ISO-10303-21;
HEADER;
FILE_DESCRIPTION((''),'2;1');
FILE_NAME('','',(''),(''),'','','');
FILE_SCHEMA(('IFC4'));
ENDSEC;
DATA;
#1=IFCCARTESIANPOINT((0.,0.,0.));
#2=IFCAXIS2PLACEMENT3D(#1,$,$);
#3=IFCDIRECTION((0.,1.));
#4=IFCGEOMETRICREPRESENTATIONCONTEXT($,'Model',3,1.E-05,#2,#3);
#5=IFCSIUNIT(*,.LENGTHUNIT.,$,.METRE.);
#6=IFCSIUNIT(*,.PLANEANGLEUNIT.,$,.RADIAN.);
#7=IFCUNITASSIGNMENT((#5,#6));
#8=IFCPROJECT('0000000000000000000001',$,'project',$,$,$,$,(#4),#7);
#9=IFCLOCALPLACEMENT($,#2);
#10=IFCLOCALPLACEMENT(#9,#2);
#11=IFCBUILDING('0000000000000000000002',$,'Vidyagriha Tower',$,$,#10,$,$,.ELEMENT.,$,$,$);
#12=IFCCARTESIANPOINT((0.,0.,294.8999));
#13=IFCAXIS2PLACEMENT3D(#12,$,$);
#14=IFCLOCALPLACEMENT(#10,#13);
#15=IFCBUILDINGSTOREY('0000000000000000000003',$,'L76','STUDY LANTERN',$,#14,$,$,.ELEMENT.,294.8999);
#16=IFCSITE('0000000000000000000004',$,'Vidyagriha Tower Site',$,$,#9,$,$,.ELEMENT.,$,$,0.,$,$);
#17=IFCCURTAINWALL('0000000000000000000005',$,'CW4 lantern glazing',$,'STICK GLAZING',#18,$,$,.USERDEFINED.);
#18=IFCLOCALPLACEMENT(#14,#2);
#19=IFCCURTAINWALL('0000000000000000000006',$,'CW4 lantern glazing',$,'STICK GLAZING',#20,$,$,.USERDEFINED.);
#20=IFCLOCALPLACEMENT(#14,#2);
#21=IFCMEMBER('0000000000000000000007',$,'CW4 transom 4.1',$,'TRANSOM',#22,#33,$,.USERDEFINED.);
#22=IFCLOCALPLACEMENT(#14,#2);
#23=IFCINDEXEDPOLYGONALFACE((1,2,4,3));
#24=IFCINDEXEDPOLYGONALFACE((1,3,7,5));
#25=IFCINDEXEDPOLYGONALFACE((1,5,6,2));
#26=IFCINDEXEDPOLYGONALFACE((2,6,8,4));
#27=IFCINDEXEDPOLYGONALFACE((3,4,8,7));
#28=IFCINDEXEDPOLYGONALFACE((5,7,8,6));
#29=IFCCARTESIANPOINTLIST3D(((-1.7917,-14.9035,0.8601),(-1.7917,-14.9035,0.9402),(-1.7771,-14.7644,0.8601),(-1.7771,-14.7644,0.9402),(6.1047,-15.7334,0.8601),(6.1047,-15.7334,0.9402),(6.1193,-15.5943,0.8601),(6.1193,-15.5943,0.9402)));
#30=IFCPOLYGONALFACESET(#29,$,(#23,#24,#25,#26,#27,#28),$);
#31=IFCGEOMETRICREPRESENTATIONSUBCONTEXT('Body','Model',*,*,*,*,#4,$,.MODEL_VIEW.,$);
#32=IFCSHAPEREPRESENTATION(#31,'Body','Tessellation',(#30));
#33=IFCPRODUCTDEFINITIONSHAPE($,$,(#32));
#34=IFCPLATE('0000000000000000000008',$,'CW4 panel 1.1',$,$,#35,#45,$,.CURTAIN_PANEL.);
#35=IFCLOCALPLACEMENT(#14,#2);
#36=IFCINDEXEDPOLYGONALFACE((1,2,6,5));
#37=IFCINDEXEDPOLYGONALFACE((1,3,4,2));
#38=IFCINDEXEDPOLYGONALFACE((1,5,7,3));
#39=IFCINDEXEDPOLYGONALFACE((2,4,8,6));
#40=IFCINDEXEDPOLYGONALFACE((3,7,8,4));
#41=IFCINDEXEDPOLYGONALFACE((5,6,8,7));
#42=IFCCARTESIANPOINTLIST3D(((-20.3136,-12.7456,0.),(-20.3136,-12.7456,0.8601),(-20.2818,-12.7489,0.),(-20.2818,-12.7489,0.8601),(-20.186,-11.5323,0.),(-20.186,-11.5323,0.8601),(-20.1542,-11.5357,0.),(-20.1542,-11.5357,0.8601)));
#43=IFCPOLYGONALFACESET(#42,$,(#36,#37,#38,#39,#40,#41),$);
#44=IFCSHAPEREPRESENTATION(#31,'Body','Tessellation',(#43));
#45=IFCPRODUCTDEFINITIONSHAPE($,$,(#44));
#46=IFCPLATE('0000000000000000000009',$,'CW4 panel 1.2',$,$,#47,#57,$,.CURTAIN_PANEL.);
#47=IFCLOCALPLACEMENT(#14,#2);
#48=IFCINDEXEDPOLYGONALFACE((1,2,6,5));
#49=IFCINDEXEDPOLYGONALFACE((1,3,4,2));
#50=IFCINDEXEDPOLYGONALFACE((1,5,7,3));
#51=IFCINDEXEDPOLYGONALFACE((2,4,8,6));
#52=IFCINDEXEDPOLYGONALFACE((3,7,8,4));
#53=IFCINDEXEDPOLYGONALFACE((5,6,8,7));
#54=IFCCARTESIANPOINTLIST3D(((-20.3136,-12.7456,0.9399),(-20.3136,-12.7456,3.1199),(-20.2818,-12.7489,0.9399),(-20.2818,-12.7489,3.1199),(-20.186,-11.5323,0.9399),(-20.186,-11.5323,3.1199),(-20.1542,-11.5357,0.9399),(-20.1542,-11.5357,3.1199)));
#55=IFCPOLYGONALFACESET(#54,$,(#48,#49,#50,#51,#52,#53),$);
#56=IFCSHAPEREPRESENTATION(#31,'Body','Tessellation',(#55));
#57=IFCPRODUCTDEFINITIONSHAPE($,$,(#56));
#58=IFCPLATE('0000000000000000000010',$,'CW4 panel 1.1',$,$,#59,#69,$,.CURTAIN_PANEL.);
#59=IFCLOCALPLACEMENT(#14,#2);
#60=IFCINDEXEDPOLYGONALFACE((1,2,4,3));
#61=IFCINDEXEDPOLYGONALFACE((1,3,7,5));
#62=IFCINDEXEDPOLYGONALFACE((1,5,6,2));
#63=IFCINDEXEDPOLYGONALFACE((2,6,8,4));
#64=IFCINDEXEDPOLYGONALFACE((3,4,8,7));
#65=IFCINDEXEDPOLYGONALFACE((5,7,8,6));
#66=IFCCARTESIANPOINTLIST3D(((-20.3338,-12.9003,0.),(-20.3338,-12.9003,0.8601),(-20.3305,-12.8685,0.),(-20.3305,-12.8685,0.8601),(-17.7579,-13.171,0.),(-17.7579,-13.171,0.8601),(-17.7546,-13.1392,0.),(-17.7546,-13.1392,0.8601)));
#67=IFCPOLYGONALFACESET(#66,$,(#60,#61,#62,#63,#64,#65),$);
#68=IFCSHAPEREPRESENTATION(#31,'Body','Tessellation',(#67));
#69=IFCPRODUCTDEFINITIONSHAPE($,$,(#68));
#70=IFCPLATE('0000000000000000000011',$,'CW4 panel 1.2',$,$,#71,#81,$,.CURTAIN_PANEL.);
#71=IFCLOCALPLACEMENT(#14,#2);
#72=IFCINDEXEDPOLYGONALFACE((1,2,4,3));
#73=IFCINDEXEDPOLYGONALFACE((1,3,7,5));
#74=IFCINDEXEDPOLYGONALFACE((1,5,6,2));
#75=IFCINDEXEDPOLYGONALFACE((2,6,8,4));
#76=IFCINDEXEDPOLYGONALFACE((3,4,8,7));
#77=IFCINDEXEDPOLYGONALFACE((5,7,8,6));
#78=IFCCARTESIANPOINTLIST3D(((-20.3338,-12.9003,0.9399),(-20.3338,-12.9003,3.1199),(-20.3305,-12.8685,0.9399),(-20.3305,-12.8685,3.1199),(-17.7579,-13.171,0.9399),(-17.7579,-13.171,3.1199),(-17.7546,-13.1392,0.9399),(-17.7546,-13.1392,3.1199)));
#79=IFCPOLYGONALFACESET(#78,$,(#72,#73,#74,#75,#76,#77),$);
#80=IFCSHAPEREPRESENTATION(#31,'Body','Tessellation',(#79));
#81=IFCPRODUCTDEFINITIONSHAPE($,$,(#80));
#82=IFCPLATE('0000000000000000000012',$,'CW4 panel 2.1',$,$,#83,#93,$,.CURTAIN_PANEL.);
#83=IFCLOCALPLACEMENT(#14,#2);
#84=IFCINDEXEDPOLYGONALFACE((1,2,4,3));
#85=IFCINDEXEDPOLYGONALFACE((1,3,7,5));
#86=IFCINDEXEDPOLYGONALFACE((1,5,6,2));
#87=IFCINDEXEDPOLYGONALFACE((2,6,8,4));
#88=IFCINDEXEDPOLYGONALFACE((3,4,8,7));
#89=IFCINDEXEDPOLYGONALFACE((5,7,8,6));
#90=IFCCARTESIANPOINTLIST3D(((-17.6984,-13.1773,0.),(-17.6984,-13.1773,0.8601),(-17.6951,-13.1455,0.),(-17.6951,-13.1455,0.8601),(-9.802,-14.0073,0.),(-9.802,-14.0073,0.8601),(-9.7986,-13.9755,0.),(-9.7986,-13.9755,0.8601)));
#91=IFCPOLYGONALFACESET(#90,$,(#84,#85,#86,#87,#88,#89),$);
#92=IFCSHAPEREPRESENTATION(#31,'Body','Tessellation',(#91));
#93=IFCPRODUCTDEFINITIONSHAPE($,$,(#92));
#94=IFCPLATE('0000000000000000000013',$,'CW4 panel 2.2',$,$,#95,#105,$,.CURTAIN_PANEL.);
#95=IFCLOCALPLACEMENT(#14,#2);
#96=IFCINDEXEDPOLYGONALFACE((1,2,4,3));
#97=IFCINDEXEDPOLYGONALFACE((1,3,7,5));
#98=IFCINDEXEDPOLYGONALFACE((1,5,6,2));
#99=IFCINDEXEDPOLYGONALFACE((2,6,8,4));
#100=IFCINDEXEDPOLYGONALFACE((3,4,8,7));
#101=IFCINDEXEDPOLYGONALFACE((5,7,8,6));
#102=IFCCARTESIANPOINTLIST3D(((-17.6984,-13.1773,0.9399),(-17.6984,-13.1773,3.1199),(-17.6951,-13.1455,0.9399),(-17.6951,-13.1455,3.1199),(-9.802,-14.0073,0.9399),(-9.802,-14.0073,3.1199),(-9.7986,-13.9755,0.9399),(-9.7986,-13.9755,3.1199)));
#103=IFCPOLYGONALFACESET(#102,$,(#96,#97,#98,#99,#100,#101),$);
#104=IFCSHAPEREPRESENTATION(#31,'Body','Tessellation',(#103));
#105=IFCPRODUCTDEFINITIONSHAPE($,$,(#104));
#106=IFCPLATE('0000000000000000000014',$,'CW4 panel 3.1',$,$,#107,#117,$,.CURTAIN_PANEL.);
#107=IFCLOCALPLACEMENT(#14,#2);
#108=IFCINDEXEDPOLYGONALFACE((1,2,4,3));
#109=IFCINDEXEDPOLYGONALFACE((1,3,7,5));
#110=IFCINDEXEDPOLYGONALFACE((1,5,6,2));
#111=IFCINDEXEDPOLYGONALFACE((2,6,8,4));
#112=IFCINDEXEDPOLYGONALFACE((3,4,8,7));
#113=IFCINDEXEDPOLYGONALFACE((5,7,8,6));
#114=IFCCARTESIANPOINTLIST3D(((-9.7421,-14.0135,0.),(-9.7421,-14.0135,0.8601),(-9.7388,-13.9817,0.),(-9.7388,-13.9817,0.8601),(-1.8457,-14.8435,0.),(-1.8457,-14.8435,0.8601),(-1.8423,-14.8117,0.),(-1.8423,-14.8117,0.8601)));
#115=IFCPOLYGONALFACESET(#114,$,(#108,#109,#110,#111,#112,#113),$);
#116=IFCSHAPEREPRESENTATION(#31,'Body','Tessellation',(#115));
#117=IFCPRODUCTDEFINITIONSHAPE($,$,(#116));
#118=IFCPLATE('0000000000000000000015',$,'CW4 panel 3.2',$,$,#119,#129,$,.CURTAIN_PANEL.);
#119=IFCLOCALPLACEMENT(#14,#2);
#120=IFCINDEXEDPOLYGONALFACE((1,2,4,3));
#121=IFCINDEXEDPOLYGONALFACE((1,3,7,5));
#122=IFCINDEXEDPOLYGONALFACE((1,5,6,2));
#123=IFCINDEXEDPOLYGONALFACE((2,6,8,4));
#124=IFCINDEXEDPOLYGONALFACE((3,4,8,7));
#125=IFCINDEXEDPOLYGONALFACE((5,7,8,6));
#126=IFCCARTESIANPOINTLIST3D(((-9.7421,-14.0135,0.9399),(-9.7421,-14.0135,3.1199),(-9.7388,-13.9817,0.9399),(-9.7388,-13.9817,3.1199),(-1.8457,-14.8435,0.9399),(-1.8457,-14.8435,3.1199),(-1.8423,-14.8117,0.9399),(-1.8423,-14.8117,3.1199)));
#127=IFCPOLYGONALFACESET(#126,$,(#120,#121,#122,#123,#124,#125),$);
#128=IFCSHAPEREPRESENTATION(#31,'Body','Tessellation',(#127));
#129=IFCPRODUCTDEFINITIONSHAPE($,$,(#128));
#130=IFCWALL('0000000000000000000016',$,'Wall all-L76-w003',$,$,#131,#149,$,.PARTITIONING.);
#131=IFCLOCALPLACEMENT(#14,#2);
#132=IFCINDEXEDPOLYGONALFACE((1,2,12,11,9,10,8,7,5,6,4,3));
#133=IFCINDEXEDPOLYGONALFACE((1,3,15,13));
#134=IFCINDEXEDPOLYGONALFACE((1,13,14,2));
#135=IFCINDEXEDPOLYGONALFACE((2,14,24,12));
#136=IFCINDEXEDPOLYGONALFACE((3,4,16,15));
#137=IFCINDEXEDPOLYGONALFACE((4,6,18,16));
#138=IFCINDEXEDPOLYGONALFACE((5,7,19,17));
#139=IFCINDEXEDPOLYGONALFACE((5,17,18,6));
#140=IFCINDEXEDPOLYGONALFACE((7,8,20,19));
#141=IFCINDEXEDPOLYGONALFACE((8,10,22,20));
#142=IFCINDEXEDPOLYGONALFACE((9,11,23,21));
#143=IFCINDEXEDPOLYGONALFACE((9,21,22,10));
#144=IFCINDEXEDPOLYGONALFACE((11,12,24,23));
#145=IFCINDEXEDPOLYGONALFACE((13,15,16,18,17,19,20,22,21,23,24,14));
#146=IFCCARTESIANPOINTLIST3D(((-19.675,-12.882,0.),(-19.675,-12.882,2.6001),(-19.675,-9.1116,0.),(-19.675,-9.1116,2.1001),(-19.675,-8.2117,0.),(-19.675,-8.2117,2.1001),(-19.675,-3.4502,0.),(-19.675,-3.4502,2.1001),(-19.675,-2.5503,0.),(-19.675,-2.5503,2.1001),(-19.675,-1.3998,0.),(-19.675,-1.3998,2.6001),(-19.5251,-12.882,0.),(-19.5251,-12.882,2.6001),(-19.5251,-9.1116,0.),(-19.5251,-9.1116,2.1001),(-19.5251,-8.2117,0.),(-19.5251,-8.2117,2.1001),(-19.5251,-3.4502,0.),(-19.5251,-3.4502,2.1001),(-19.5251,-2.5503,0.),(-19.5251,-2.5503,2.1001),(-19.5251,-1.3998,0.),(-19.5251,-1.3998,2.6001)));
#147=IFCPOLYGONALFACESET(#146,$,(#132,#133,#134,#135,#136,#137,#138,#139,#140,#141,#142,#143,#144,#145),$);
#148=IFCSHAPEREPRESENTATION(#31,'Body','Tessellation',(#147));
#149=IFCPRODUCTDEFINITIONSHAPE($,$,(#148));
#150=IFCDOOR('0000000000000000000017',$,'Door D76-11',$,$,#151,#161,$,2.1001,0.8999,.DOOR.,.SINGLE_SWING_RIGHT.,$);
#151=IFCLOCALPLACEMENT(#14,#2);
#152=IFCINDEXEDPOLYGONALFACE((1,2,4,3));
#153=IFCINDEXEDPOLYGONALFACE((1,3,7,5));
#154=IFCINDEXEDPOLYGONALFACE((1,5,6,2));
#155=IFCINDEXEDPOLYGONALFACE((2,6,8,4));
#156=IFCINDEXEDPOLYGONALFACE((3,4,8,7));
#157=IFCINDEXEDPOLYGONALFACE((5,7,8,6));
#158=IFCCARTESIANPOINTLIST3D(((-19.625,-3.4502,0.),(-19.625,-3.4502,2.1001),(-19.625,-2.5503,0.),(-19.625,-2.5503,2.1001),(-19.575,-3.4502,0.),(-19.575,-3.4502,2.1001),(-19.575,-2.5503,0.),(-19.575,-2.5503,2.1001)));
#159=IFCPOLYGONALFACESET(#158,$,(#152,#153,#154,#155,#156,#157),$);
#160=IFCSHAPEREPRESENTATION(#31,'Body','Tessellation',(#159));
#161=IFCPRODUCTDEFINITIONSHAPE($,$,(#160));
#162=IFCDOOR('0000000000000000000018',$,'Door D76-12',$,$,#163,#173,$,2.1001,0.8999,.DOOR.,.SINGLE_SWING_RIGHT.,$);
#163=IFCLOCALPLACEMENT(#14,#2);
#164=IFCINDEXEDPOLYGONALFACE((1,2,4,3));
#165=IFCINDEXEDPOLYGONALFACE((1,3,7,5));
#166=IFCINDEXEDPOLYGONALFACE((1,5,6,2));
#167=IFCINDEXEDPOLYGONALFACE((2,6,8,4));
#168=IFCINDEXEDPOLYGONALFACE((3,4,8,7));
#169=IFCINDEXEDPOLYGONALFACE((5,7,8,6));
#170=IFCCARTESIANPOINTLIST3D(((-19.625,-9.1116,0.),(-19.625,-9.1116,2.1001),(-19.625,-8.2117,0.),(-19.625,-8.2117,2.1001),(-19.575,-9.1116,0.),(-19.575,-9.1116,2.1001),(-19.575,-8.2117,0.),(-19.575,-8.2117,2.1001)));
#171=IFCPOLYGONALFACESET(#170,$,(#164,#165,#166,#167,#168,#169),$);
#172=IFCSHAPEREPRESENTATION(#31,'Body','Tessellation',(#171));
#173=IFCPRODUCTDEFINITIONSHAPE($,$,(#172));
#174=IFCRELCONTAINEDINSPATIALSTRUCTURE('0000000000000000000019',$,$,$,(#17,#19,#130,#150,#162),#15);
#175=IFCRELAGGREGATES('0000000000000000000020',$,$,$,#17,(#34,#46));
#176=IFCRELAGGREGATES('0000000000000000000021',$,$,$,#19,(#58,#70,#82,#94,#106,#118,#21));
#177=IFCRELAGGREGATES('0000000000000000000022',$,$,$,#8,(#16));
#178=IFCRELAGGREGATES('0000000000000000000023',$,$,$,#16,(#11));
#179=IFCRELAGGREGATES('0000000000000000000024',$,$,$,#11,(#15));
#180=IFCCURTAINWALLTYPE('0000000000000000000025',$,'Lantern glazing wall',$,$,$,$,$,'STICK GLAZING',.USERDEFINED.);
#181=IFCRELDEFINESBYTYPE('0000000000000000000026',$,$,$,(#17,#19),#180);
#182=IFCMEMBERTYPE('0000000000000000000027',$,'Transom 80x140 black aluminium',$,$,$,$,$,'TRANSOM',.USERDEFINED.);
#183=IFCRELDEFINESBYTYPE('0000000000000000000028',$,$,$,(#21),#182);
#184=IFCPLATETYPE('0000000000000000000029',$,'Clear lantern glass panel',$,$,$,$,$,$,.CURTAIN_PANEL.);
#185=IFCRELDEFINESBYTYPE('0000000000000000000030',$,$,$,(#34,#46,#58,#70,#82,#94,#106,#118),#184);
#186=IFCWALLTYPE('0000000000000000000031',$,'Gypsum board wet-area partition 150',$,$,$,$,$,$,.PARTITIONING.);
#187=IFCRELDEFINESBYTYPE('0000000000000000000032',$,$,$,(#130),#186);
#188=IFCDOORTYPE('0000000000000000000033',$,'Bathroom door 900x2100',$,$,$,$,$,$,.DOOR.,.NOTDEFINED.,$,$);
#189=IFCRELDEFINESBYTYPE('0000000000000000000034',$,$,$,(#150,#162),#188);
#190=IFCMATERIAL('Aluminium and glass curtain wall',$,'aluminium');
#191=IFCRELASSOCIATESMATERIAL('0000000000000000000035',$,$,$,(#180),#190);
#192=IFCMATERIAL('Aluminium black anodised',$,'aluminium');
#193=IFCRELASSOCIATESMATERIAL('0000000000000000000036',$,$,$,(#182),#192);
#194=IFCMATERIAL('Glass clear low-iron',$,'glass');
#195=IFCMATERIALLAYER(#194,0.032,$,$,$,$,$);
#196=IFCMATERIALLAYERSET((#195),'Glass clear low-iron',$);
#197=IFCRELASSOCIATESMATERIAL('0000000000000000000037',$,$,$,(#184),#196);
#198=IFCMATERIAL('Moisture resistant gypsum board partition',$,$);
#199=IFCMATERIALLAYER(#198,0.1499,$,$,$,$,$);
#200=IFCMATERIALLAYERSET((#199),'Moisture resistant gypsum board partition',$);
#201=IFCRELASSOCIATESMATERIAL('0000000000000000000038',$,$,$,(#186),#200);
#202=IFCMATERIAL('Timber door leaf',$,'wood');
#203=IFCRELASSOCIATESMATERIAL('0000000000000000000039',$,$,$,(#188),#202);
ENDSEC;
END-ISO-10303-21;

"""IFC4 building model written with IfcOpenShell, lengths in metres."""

from ifc_helpers import new_model, si_unit, direction, frame, frame_2d, origin, origin_2d, place, context, subcontext, project, spatial, rectangle, extrude, material, layer, layer_set, material_profile, profile_set, type_object, element, fill, aggregate, save


model = new_model("IFC4")

# Units and contexts
model_context = context("Model", 3, precision=1e-05, world=origin(), true_north=direction((0.0, 1.0)))
body_context = subcontext(model_context, "Body", "Model", "MODEL_VIEW")
ifc_project = project(units=[si_unit("LENGTHUNIT", "METRE"), si_unit("PLANEANGLEUNIT", "RADIAN")], contexts=[model_context])

# Site, building, storey
site_placement = place(None, origin())
site = spatial("IfcSite", under=ifc_project, at=site_placement, Name="Vidyagriha Tower Site", CompositionType="ELEMENT", RefElevation=0.0)
building_placement = place(site_placement, origin())
building = spatial("IfcBuilding", under=site, at=building_placement, Name="Vidyagriha Tower", CompositionType="ELEMENT")
storey_placement = place(building_placement, frame((0.0, 0.0, 294.8999)))
storey = spatial("IfcBuildingStorey", under=building, at=storey_placement, Name="L76", Description="STUDY LANTERN", CompositionType="ELEMENT", Elevation=294.8999)

# Curtain wall
ifc_material_1 = material(Name="Aluminium and glass curtain wall", Category="aluminium")
curtain_wall_type = type_object("IfcCurtainWallType", Name="Lantern glazing wall", ElementType="STICK GLAZING", PredefinedType="USERDEFINED", material=ifc_material_1)
curtain_wall_1_placement = place(storey_placement, origin())
curtain_wall_1 = element("IfcCurtainWall", 1, at=curtain_wall_1_placement, inside=storey, type_object=curtain_wall_type, Name="CW4 lantern glazing", ObjectType="STICK GLAZING", PredefinedType="USERDEFINED")

# Curtain wall, member
curtain_wall_2_placement = place(storey_placement, origin())
curtain_wall_2 = element("IfcCurtainWall", 2, at=curtain_wall_2_placement, inside=storey, type_object=curtain_wall_type, Name="CW4 lantern glazing", ObjectType="STICK GLAZING", PredefinedType="USERDEFINED")
ifc_material_2 = material(Name="Aluminium black anodised", Category="aluminium")
ifc_material_profile_1 = material_profile(ifc_material_2, rectangle(XDim=0.1399, YDim=0.0801, at=origin_2d()), Name="Transom 80x140 black aluminium")
ifc_profile_set_1 = profile_set([ifc_material_profile_1], Name="Aluminium black anodised")
member_type_1 = type_object("IfcMemberType", Name="Transom 80x140 black aluminium", ElementType="TRANSOM", PredefinedType="USERDEFINED", material=ifc_profile_set_1)
member_1_placement = place(storey_placement, frame((-1.7844, -14.834, 0.9001), z_axis=(0.994523, -0.104514, 0.0), x_axis=(0.104514, 0.994523, 0.0)))
member_1 = element("IfcMember", 3, at=member_1_placement, type_object=member_type_1, Name="CW4 transom 4.1", ObjectType="TRANSOM", PredefinedType="USERDEFINED", context=body_context, shape_type="SweptSolid", body=[
    extrude(rectangle(XDim=0.1399, YDim=0.0801, at=origin_2d()), origin(), (0.0, 0.0, 1.0), 7.9399),
])

# Plates
ifc_material_3 = material(Name="Glass clear low-iron", Category="glass")
ifc_layer_1 = layer(ifc_material_3, 0.032)
ifc_layer_set_1 = layer_set([ifc_layer_1], Name="Glass clear low-iron")
plate_type = type_object("IfcPlateType", Name="Clear lantern glass panel", PredefinedType="CURTAIN_PANEL", material=ifc_layer_set_1)
plate_1_placement = place(storey_placement, frame((-20.2339, -12.1406, 0.0), z_axis=(0.0, 0.0, 1.0), x_axis=(-0.104557, -0.994519, 0.0)))
plate_1 = element("IfcPlate", 4, at=plate_1_placement, type_object=plate_type, Name="CW4 panel 1.1", PredefinedType="CURTAIN_PANEL", context=body_context, shape_type="SweptSolid", body=[
    extrude(rectangle(XDim=1.22, YDim=0.032, at=origin_2d()), origin(), (0.0, 0.0, 1.0), 0.8601),
])
plate_2_placement = place(storey_placement, frame((-20.2339, -12.1406, 0.9399), z_axis=(0.0, 0.0, 1.0), x_axis=(-0.104557, -0.994519, 0.0)))
plate_2 = element("IfcPlate", 5, at=plate_2_placement, type_object=plate_type, Name="CW4 panel 1.2", PredefinedType="CURTAIN_PANEL", context=body_context, shape_type="SweptSolid", body=[
    extrude(rectangle(XDim=1.22, YDim=0.032, at=origin_2d()), origin(), (0.0, 0.0, 1.0), 2.1799),
])
aggregate(curtain_wall_1, [plate_1, plate_2])
plate_3_placement = place(storey_placement, frame((-19.0442, -13.0198, 0.0), z_axis=(0.0, 0.0, 1.0), x_axis=(0.994522, -0.104528, 0.0)))
plate_3 = element("IfcPlate", 6, at=plate_3_placement, type_object=plate_type, Name="CW4 panel 1.1", PredefinedType="CURTAIN_PANEL", context=body_context, shape_type="SweptSolid", body=[
    extrude(rectangle(XDim=2.5901, YDim=0.032, at=origin_2d()), origin(), (0.0, 0.0, 1.0), 0.8601),
])
plate_4_placement = place(storey_placement, frame((-19.0442, -13.0198, 0.9399), z_axis=(0.0, 0.0, 1.0), x_axis=(0.994522, -0.104528, 0.0)))
plate_4 = element("IfcPlate", 7, at=plate_4_placement, type_object=plate_type, Name="CW4 panel 1.2", PredefinedType="CURTAIN_PANEL", context=body_context, shape_type="SweptSolid", body=[
    extrude(rectangle(XDim=2.5901, YDim=0.032, at=origin_2d()), origin(), (0.0, 0.0, 1.0), 2.1799),
])
plate_5_placement = place(storey_placement, frame((-13.7485, -13.5764, 0.0), z_axis=(0.0, 0.0, 1.0), x_axis=(0.994522, -0.104528, 0.0)))
plate_5 = element("IfcPlate", 8, at=plate_5_placement, type_object=plate_type, Name="CW4 panel 2.1", PredefinedType="CURTAIN_PANEL", context=body_context, shape_type="SweptSolid", body=[
    extrude(rectangle(XDim=7.9399, YDim=0.032, at=origin_2d()), origin(), (0.0, 0.0, 1.0), 0.8601),
])
plate_6_placement = place(storey_placement, frame((-13.7485, -13.5764, 0.9399), z_axis=(0.0, 0.0, 1.0), x_axis=(0.994522, -0.104528, 0.0)))
plate_6 = element("IfcPlate", 9, at=plate_6_placement, type_object=plate_type, Name="CW4 panel 2.2", PredefinedType="CURTAIN_PANEL", context=body_context, shape_type="SweptSolid", body=[
    extrude(rectangle(XDim=7.9399, YDim=0.032, at=origin_2d()), origin(), (0.0, 0.0, 1.0), 2.1799),
])
plate_7_placement = place(storey_placement, frame((-5.7922, -14.4126, 0.0), z_axis=(0.0, 0.0, 1.0), x_axis=(0.994522, -0.104528, 0.0)))
plate_7 = element("IfcPlate", 10, at=plate_7_placement, type_object=plate_type, Name="CW4 panel 3.1", PredefinedType="CURTAIN_PANEL", context=body_context, shape_type="SweptSolid", body=[
    extrude(rectangle(XDim=7.9399, YDim=0.032, at=origin_2d()), origin(), (0.0, 0.0, 1.0), 0.8601),
])
plate_8_placement = place(storey_placement, frame((-5.7922, -14.4126, 0.9399), z_axis=(0.0, 0.0, 1.0), x_axis=(0.994522, -0.104528, 0.0)))
plate_8 = element("IfcPlate", 11, at=plate_8_placement, type_object=plate_type, Name="CW4 panel 3.2", PredefinedType="CURTAIN_PANEL", context=body_context, shape_type="SweptSolid", body=[
    extrude(rectangle(XDim=7.9399, YDim=0.032, at=origin_2d()), origin(), (0.0, 0.0, 1.0), 2.1799),
])
aggregate(curtain_wall_2, [plate_3, plate_4, plate_5, plate_6, plate_7, plate_8, member_1])

# Wall, openings, doors
ifc_material_4 = material(Name="Moisture resistant gypsum board partition")
ifc_layer_2 = layer(ifc_material_4, 0.1499)
ifc_layer_set_2 = layer_set([ifc_layer_2], Name="Moisture resistant gypsum board partition")
wall_type = type_object("IfcWallType", Name="Gypsum board wet-area partition 150", PredefinedType="PARTITIONING", material=ifc_layer_set_2)
wall_placement = place(storey_placement, frame((-19.6001, -12.8821, 0.0), z_axis=(0.0, 0.0, 1.0), x_axis=(0.0, 1.0, 0.0)))
wall = element("IfcWall", 12, at=wall_placement, inside=storey, type_object=wall_type, Name="Wall all-L76-w003", PredefinedType="PARTITIONING", context=body_context, shape_type="SweptSolid", body=[
    extrude(rectangle(XDim=11.4822, YDim=0.1499, at=frame_2d((5.7412, 0.0))), origin(), (0.0, 0.0, 1.0), 2.6001),
])
opening_1_placement = place(wall_placement, frame((9.4319, 0.0, 0.0)))
opening_1 = element("IfcOpeningElement", 13, at=opening_1_placement, cuts=wall, PredefinedType="OPENING", context=body_context, shape_type="SweptSolid", body=[
    extrude(rectangle(XDim=0.8999, YDim=2.1001, at=frame_2d((0.45, 1.05))), frame((0.0, 0.085, 0.0), z_axis=(0.0, -1.0, 0.0), x_axis=(1.0, 0.0, 0.0)), (0.0, 0.0, 1.0), 0.1699),
])
opening_2_placement = place(wall_placement, frame((3.7705, 0.0, 0.0)))
opening_2 = element("IfcOpeningElement", 14, at=opening_2_placement, cuts=wall, PredefinedType="OPENING", context=body_context, shape_type="SweptSolid", body=[
    extrude(rectangle(XDim=0.8999, YDim=2.1001, at=frame_2d((0.45, 1.05))), frame((0.0, 0.085, 0.0), z_axis=(0.0, -1.0, 0.0), x_axis=(1.0, 0.0, 0.0)), (0.0, 0.0, 1.0), 0.1699),
])
ifc_material_5 = material(Name="Timber door leaf", Category="wood")
door_type = type_object("IfcDoorType", Name="Bathroom door 900x2100", OperationType="NOTDEFINED", PredefinedType="DOOR", material=ifc_material_5)
door_1_placement = place(opening_1_placement, origin())
door_1 = element("IfcDoor", 15, at=door_1_placement, inside=storey, type_object=door_type, Name="Door D76-11", OperationType="SINGLE_SWING_RIGHT", OverallHeight=2.1001, OverallWidth=0.8999, PredefinedType="DOOR", context=body_context, shape_type="SweptSolid", body=[
    extrude(rectangle(XDim=0.8999, YDim=2.1001, at=frame_2d((0.45, 1.05))), frame((0.0, 0.0249, 0.0), z_axis=(0.0, -1.0, 0.0), x_axis=(1.0, 0.0, 0.0)), (0.0, 0.0, 1.0), 0.05),
])
fill(opening_1, door_1)
door_2_placement = place(opening_2_placement, origin())
door_2 = element("IfcDoor", 16, at=door_2_placement, inside=storey, type_object=door_type, Name="Door D76-12", OperationType="SINGLE_SWING_RIGHT", OverallHeight=2.1001, OverallWidth=0.8999, PredefinedType="DOOR", context=body_context, shape_type="SweptSolid", body=[
    extrude(rectangle(XDim=0.8999, YDim=2.1001, at=frame_2d((0.45, 1.05))), frame((0.0, 0.0249, 0.0), z_axis=(0.0, -1.0, 0.0), x_axis=(1.0, 0.0, 0.0)), (0.0, 0.0, 1.0), 0.05),
])
fill(opening_2, door_2)

save(model, "model.ifc")
